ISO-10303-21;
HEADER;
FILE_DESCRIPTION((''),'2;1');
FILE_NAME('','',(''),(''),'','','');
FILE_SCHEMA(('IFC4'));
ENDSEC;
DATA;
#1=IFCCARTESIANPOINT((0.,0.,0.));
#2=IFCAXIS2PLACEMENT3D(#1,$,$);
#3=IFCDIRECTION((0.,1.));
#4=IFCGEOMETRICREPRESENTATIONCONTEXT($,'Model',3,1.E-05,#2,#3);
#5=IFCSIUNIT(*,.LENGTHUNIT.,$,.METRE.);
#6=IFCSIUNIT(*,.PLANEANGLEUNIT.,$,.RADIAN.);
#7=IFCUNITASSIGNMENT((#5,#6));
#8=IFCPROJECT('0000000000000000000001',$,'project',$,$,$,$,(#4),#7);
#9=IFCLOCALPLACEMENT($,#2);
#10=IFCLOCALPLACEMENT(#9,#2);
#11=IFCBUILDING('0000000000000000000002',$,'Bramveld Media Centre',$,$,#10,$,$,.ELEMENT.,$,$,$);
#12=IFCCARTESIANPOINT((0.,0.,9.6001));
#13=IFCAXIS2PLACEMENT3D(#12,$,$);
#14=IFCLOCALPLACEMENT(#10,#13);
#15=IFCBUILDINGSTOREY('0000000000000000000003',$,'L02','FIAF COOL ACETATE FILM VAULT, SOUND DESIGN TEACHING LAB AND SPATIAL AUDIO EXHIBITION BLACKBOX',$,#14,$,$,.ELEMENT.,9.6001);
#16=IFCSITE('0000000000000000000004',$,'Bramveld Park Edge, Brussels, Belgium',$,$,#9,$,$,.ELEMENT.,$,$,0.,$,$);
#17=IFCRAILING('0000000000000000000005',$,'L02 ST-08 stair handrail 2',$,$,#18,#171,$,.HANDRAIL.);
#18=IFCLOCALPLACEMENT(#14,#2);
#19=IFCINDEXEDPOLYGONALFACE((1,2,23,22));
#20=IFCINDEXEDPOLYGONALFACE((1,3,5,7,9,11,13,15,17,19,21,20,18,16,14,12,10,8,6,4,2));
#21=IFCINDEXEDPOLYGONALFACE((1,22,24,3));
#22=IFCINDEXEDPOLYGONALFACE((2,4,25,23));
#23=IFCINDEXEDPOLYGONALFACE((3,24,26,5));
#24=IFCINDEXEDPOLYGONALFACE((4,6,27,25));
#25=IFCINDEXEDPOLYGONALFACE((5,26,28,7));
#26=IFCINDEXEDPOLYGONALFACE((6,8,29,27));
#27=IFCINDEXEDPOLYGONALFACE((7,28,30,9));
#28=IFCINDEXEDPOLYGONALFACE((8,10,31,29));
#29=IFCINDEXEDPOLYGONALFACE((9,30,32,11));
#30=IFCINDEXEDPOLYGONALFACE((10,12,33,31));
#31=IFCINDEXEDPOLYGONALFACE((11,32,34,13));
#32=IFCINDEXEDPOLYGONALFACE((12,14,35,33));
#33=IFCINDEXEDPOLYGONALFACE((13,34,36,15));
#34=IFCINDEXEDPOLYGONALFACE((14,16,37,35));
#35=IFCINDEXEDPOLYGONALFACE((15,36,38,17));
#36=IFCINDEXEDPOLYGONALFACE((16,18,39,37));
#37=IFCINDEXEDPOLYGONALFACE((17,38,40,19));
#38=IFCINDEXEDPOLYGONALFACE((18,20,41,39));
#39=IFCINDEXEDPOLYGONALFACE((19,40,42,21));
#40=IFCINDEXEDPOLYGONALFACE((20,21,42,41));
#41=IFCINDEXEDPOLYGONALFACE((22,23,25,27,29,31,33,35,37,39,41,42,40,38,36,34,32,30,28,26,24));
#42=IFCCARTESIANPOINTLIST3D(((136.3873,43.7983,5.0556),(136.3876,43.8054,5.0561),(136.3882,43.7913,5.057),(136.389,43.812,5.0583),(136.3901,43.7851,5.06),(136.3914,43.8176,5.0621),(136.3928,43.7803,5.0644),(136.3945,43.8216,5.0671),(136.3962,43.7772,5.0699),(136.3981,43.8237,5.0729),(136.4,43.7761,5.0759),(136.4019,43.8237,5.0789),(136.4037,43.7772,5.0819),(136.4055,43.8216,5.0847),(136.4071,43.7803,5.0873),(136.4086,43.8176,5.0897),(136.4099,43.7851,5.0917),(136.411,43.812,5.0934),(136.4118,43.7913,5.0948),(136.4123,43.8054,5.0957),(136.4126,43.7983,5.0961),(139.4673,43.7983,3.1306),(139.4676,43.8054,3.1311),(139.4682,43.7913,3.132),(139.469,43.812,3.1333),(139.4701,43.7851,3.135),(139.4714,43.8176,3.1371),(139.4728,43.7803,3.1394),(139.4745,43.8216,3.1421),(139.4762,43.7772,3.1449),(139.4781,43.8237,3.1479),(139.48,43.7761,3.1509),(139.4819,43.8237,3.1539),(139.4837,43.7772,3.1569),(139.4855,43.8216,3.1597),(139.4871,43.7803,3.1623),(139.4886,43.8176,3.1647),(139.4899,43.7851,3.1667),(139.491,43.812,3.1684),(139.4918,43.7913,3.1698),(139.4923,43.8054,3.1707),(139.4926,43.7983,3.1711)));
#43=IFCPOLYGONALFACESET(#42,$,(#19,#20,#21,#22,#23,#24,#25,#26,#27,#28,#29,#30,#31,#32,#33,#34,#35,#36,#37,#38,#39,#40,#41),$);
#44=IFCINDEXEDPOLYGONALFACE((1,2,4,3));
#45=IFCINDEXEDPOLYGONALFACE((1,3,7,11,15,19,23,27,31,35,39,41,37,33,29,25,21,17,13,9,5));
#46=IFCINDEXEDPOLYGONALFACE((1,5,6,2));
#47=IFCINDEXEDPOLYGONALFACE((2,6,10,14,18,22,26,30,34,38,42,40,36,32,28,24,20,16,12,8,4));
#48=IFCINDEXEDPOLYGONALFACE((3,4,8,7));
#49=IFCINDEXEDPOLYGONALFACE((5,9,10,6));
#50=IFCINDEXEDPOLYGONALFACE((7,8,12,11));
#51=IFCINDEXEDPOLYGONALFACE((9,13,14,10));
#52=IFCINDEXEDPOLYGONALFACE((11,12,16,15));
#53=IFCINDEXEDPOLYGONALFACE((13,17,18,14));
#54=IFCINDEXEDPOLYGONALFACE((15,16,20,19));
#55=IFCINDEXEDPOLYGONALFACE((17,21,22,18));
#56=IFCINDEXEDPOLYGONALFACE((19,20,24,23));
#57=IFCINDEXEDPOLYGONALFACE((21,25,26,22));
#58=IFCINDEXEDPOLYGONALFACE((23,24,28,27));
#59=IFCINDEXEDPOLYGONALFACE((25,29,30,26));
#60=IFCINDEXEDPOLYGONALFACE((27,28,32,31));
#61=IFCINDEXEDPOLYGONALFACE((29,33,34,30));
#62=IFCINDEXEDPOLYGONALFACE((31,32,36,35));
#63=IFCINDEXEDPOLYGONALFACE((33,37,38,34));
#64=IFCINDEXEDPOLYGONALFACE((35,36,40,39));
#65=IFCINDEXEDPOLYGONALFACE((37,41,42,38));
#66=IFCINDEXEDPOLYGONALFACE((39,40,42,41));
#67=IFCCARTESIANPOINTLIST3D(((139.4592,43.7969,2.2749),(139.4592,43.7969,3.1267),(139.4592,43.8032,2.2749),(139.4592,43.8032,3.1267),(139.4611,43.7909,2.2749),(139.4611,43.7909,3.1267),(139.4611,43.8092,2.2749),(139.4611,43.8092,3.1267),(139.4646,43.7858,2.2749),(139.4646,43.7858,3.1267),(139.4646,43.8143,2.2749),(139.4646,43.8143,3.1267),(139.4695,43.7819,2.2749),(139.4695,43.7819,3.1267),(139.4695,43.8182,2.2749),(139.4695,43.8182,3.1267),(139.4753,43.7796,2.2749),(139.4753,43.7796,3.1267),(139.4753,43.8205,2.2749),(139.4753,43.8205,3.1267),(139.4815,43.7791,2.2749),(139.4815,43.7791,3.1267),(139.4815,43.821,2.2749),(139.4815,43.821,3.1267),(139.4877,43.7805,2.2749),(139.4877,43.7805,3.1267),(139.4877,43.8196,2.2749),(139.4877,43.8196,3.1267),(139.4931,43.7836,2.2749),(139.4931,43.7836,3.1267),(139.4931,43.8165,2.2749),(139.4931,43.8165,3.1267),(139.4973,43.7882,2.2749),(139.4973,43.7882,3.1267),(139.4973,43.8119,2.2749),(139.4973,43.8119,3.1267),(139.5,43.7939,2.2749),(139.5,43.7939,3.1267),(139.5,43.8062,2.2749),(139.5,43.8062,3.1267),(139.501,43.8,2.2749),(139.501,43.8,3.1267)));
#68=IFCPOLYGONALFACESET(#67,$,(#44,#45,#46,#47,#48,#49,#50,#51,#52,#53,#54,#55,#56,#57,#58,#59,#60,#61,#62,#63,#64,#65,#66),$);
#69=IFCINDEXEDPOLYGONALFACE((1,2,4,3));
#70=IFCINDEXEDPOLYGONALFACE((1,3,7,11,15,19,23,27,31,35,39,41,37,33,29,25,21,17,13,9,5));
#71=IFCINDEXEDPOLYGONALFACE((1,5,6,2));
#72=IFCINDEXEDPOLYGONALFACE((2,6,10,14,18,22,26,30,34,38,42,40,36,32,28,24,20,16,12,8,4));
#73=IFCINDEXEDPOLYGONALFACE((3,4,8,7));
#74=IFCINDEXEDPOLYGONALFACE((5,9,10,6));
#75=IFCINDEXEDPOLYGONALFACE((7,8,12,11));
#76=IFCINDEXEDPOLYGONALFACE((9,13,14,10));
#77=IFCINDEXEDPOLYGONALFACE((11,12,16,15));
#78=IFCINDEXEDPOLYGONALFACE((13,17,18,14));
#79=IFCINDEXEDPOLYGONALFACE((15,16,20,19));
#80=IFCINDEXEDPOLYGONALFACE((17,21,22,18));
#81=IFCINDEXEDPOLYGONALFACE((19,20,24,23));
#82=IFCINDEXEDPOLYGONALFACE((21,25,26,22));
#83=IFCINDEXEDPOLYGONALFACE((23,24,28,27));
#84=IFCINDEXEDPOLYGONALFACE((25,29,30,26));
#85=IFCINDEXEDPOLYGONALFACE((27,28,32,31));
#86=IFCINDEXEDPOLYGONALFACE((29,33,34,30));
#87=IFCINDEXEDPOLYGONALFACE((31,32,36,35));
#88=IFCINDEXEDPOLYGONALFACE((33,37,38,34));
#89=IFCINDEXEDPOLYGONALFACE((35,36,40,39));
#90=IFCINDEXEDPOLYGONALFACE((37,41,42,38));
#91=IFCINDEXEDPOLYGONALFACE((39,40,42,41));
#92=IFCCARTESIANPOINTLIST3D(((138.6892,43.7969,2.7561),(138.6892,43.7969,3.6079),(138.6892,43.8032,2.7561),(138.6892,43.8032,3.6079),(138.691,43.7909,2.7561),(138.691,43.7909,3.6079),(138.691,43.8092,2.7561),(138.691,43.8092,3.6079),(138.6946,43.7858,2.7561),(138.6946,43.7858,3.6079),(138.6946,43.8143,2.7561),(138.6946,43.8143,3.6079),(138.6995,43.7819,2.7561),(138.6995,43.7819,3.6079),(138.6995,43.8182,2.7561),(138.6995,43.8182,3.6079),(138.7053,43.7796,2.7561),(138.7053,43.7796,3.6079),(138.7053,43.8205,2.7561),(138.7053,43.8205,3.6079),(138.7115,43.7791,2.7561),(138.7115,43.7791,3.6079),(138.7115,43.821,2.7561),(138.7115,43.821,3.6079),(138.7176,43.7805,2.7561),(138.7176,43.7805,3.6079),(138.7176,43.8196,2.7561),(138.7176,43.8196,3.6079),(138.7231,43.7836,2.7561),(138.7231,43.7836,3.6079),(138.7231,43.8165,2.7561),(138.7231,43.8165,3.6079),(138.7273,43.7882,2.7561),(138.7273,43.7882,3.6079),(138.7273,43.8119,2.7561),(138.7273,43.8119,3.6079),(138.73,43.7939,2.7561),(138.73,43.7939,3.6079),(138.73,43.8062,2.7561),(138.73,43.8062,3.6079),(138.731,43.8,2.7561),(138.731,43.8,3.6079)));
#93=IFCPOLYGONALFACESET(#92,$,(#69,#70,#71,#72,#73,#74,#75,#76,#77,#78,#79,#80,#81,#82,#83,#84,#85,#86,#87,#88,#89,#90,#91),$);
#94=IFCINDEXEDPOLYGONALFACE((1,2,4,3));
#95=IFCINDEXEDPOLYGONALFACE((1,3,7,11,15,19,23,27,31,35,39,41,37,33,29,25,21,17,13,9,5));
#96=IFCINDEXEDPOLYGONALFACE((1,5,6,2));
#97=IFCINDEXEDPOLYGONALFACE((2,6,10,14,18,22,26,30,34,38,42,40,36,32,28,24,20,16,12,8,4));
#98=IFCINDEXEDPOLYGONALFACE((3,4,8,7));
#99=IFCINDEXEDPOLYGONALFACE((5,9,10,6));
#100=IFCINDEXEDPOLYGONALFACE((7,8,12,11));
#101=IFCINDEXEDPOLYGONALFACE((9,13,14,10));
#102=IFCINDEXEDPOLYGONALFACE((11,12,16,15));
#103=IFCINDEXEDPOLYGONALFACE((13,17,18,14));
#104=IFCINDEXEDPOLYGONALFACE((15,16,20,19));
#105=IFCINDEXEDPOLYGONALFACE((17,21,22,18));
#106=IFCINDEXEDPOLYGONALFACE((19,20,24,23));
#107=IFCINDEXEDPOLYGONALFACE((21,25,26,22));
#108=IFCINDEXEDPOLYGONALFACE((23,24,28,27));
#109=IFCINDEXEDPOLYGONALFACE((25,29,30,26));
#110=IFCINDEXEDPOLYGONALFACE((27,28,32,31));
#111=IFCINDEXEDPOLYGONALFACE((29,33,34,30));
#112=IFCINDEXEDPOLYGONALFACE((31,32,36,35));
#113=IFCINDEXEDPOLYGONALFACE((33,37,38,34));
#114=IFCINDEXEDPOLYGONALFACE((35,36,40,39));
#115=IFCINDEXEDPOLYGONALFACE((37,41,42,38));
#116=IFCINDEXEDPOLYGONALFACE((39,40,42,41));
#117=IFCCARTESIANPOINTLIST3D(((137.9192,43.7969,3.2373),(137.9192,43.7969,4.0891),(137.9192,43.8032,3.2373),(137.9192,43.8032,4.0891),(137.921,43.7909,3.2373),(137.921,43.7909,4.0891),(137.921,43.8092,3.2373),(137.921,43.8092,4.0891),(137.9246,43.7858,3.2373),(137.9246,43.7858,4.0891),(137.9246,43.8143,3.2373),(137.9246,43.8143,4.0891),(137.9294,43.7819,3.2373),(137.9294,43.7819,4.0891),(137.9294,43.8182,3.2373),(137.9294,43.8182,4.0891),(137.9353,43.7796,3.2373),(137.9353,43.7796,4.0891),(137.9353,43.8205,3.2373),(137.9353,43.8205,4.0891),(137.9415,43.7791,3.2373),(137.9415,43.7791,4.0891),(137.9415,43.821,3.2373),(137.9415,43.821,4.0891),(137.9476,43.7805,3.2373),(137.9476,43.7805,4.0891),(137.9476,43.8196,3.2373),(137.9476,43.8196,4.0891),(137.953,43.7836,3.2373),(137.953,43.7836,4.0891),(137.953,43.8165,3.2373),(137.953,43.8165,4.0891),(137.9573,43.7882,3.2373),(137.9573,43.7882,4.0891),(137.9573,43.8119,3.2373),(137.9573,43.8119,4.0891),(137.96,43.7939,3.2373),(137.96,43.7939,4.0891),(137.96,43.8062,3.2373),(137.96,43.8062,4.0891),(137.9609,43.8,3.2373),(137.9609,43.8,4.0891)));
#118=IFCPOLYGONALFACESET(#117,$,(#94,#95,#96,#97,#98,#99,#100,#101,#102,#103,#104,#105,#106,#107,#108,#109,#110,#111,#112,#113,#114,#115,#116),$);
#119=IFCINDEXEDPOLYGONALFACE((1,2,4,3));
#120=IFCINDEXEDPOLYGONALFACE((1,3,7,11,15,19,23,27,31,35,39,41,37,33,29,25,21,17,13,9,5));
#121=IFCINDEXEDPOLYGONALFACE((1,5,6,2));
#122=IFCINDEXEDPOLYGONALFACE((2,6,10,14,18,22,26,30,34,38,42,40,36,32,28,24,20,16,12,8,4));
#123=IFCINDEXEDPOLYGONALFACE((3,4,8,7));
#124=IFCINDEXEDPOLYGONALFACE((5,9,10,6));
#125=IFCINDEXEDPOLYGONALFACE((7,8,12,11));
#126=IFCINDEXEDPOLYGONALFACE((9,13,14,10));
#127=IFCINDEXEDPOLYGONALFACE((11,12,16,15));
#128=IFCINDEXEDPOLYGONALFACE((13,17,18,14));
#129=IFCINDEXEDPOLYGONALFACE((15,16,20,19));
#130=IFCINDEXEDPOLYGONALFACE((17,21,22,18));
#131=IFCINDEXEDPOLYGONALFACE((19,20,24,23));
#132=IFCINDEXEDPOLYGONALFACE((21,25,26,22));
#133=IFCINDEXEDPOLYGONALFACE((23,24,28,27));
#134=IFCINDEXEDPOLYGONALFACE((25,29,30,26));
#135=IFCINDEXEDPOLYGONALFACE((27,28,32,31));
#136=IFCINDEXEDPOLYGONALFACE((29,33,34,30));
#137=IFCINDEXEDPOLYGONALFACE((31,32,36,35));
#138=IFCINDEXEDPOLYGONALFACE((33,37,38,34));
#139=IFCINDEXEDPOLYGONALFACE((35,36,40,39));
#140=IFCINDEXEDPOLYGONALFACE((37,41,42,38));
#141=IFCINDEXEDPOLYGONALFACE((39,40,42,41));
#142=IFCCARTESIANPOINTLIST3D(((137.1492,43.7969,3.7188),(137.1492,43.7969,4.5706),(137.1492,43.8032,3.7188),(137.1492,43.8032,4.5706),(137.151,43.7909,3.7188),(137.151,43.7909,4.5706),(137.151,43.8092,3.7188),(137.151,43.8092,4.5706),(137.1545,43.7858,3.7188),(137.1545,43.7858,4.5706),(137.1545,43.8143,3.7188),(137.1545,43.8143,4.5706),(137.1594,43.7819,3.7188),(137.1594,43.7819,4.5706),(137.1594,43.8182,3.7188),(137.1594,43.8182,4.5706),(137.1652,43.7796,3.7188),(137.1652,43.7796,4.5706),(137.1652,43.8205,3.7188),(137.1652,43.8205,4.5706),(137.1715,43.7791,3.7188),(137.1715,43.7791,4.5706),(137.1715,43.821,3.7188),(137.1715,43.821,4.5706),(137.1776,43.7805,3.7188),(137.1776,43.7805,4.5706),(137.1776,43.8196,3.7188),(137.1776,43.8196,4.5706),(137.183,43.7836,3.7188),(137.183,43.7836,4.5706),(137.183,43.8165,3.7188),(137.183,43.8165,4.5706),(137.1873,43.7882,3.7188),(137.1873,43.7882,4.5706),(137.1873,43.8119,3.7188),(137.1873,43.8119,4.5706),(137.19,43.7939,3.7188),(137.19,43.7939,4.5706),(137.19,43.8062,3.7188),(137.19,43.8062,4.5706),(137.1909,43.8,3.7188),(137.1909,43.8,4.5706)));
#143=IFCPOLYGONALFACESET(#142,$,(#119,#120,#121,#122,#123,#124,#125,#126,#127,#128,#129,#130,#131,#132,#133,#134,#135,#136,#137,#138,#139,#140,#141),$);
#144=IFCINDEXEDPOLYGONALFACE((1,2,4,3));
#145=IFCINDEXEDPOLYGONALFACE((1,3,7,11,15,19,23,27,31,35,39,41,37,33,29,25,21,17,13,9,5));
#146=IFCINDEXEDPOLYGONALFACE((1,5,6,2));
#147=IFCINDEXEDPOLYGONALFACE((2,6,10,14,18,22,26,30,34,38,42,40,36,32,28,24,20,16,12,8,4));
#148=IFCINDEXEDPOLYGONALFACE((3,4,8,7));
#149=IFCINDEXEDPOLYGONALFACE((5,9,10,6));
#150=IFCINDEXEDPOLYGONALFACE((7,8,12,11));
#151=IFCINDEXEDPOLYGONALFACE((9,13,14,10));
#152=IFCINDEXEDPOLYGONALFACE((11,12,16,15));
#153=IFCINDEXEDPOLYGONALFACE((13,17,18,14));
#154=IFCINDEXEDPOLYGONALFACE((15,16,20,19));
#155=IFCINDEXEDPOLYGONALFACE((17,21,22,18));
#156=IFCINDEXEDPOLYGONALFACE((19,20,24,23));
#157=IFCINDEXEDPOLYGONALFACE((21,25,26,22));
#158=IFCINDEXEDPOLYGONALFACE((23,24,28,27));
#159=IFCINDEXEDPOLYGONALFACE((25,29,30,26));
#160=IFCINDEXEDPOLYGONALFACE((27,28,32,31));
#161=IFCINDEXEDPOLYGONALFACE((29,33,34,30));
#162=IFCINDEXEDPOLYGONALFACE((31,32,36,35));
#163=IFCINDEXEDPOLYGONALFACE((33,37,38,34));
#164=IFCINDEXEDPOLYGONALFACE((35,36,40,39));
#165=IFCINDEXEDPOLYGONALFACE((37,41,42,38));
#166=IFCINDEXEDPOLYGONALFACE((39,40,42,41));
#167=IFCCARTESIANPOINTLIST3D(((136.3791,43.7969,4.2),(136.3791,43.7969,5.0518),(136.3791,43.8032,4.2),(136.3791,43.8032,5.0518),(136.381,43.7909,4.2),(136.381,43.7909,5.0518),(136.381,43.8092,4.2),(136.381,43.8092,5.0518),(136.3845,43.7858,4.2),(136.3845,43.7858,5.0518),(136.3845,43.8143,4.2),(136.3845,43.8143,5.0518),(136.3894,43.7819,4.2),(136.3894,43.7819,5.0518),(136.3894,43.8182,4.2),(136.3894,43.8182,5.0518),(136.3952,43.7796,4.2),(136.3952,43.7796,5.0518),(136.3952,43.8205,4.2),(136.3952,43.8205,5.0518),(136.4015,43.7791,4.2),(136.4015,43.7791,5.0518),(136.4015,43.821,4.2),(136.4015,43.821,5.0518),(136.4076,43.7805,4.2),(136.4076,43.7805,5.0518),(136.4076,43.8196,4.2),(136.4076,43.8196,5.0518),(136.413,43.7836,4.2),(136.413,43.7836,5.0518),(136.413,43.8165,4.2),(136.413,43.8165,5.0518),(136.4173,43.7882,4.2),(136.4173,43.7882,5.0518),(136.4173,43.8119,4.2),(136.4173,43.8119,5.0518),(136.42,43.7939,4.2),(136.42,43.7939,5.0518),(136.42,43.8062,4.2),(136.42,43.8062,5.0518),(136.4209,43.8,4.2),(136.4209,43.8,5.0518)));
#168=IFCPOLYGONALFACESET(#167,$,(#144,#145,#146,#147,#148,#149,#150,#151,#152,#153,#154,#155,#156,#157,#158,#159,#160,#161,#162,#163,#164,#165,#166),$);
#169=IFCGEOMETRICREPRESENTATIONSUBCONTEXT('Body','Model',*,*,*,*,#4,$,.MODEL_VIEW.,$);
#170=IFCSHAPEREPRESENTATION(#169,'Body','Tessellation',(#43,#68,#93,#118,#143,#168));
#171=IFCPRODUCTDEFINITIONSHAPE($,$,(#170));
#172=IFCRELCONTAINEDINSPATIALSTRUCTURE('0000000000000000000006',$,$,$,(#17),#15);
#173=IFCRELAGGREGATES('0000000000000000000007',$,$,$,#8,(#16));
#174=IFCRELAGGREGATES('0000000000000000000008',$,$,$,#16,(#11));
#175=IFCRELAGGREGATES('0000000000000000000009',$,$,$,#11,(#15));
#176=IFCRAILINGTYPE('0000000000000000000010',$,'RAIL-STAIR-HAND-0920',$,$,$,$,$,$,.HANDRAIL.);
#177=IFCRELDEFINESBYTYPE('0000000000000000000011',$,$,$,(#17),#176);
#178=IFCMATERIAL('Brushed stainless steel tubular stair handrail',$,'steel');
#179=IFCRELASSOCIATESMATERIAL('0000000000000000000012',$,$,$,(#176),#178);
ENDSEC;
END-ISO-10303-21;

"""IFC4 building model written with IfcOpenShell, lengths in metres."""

from ifc_helpers import new_model, si_unit, direction, frame, origin, origin_2d, place, context, subcontext, project, spatial, circle, extrude, material, type_object, element, save


model = new_model("IFC4")

# Units and contexts
model_context = context("Model", 3, precision=1e-05, world=origin(), true_north=direction((0.0, 1.0)))
body_context = subcontext(model_context, "Body", "Model", "MODEL_VIEW")
ifc_project = project(units=[si_unit("LENGTHUNIT", "METRE"), si_unit("PLANEANGLEUNIT", "RADIAN")], contexts=[model_context])

# Site, building, storey
site_placement = place(None, origin())
site = spatial("IfcSite", under=ifc_project, at=site_placement, Name="Bramveld Park Edge, Brussels, Belgium", CompositionType="ELEMENT", RefElevation=0.0)
building_placement = place(site_placement, origin())
building = spatial("IfcBuilding", under=site, at=building_placement, Name="Bramveld Media Centre", CompositionType="ELEMENT")
storey_placement = place(building_placement, frame((0.0, 0.0, 9.6001)))
storey = spatial("IfcBuildingStorey", under=building, at=storey_placement, Name="L02", Description="FIAF COOL ACETATE FILM VAULT, SOUND DESIGN TEACHING LAB AND SPATIAL AUDIO EXHIBITION BLACKBOX", CompositionType="ELEMENT", Elevation=9.6001)

# Railing
ifc_material_1 = material(Name="Brushed stainless steel tubular stair handrail", Category="steel")
railing_type_1 = type_object("IfcRailingType", Name="RAIL-STAIR-HAND-0920", PredefinedType="HANDRAIL", material=ifc_material_1)
railing_1_placement = place(storey_placement, frame((139.48, 43.8, 2.2749)))
element("IfcRailing", 1, at=railing_1_placement, inside=storey, type_object=railing_type_1, Name="L02 ST-08 stair handrail 2", PredefinedType="HANDRAIL", context=body_context, shape_type="SweptSolid", body=[
    extrude(circle(Radius=0.0239, at=origin_2d()), frame((0.0, 0.0, 0.876), z_axis=(-0.847998, 0.0, 0.529999), x_axis=(0.0, -1.0, 0.0)), (0.0, 0.0, 1.0), 3.6321),
    extrude(circle(Radius=0.021, at=origin_2d()), origin(), (0.0, 0.0, 1.0), 0.8518),
    extrude(circle(Radius=0.021, at=origin_2d()), frame((-0.77, 0.0, 0.4812)), (0.0, 0.0, 1.0), 0.8518),
    extrude(circle(Radius=0.021, at=origin_2d()), frame((-1.54, 0.0, 0.9624)), (0.0, 0.0, 1.0), 0.8518),
    extrude(circle(Radius=0.021, at=origin_2d()), frame((-2.3101, 0.0, 1.4438)), (0.0, 0.0, 1.0), 0.8518),
    extrude(circle(Radius=0.021, at=origin_2d()), frame((-3.0801, 0.0, 1.925)), (0.0, 0.0, 1.0), 0.8518),
])

save(model, "model.ifc")
